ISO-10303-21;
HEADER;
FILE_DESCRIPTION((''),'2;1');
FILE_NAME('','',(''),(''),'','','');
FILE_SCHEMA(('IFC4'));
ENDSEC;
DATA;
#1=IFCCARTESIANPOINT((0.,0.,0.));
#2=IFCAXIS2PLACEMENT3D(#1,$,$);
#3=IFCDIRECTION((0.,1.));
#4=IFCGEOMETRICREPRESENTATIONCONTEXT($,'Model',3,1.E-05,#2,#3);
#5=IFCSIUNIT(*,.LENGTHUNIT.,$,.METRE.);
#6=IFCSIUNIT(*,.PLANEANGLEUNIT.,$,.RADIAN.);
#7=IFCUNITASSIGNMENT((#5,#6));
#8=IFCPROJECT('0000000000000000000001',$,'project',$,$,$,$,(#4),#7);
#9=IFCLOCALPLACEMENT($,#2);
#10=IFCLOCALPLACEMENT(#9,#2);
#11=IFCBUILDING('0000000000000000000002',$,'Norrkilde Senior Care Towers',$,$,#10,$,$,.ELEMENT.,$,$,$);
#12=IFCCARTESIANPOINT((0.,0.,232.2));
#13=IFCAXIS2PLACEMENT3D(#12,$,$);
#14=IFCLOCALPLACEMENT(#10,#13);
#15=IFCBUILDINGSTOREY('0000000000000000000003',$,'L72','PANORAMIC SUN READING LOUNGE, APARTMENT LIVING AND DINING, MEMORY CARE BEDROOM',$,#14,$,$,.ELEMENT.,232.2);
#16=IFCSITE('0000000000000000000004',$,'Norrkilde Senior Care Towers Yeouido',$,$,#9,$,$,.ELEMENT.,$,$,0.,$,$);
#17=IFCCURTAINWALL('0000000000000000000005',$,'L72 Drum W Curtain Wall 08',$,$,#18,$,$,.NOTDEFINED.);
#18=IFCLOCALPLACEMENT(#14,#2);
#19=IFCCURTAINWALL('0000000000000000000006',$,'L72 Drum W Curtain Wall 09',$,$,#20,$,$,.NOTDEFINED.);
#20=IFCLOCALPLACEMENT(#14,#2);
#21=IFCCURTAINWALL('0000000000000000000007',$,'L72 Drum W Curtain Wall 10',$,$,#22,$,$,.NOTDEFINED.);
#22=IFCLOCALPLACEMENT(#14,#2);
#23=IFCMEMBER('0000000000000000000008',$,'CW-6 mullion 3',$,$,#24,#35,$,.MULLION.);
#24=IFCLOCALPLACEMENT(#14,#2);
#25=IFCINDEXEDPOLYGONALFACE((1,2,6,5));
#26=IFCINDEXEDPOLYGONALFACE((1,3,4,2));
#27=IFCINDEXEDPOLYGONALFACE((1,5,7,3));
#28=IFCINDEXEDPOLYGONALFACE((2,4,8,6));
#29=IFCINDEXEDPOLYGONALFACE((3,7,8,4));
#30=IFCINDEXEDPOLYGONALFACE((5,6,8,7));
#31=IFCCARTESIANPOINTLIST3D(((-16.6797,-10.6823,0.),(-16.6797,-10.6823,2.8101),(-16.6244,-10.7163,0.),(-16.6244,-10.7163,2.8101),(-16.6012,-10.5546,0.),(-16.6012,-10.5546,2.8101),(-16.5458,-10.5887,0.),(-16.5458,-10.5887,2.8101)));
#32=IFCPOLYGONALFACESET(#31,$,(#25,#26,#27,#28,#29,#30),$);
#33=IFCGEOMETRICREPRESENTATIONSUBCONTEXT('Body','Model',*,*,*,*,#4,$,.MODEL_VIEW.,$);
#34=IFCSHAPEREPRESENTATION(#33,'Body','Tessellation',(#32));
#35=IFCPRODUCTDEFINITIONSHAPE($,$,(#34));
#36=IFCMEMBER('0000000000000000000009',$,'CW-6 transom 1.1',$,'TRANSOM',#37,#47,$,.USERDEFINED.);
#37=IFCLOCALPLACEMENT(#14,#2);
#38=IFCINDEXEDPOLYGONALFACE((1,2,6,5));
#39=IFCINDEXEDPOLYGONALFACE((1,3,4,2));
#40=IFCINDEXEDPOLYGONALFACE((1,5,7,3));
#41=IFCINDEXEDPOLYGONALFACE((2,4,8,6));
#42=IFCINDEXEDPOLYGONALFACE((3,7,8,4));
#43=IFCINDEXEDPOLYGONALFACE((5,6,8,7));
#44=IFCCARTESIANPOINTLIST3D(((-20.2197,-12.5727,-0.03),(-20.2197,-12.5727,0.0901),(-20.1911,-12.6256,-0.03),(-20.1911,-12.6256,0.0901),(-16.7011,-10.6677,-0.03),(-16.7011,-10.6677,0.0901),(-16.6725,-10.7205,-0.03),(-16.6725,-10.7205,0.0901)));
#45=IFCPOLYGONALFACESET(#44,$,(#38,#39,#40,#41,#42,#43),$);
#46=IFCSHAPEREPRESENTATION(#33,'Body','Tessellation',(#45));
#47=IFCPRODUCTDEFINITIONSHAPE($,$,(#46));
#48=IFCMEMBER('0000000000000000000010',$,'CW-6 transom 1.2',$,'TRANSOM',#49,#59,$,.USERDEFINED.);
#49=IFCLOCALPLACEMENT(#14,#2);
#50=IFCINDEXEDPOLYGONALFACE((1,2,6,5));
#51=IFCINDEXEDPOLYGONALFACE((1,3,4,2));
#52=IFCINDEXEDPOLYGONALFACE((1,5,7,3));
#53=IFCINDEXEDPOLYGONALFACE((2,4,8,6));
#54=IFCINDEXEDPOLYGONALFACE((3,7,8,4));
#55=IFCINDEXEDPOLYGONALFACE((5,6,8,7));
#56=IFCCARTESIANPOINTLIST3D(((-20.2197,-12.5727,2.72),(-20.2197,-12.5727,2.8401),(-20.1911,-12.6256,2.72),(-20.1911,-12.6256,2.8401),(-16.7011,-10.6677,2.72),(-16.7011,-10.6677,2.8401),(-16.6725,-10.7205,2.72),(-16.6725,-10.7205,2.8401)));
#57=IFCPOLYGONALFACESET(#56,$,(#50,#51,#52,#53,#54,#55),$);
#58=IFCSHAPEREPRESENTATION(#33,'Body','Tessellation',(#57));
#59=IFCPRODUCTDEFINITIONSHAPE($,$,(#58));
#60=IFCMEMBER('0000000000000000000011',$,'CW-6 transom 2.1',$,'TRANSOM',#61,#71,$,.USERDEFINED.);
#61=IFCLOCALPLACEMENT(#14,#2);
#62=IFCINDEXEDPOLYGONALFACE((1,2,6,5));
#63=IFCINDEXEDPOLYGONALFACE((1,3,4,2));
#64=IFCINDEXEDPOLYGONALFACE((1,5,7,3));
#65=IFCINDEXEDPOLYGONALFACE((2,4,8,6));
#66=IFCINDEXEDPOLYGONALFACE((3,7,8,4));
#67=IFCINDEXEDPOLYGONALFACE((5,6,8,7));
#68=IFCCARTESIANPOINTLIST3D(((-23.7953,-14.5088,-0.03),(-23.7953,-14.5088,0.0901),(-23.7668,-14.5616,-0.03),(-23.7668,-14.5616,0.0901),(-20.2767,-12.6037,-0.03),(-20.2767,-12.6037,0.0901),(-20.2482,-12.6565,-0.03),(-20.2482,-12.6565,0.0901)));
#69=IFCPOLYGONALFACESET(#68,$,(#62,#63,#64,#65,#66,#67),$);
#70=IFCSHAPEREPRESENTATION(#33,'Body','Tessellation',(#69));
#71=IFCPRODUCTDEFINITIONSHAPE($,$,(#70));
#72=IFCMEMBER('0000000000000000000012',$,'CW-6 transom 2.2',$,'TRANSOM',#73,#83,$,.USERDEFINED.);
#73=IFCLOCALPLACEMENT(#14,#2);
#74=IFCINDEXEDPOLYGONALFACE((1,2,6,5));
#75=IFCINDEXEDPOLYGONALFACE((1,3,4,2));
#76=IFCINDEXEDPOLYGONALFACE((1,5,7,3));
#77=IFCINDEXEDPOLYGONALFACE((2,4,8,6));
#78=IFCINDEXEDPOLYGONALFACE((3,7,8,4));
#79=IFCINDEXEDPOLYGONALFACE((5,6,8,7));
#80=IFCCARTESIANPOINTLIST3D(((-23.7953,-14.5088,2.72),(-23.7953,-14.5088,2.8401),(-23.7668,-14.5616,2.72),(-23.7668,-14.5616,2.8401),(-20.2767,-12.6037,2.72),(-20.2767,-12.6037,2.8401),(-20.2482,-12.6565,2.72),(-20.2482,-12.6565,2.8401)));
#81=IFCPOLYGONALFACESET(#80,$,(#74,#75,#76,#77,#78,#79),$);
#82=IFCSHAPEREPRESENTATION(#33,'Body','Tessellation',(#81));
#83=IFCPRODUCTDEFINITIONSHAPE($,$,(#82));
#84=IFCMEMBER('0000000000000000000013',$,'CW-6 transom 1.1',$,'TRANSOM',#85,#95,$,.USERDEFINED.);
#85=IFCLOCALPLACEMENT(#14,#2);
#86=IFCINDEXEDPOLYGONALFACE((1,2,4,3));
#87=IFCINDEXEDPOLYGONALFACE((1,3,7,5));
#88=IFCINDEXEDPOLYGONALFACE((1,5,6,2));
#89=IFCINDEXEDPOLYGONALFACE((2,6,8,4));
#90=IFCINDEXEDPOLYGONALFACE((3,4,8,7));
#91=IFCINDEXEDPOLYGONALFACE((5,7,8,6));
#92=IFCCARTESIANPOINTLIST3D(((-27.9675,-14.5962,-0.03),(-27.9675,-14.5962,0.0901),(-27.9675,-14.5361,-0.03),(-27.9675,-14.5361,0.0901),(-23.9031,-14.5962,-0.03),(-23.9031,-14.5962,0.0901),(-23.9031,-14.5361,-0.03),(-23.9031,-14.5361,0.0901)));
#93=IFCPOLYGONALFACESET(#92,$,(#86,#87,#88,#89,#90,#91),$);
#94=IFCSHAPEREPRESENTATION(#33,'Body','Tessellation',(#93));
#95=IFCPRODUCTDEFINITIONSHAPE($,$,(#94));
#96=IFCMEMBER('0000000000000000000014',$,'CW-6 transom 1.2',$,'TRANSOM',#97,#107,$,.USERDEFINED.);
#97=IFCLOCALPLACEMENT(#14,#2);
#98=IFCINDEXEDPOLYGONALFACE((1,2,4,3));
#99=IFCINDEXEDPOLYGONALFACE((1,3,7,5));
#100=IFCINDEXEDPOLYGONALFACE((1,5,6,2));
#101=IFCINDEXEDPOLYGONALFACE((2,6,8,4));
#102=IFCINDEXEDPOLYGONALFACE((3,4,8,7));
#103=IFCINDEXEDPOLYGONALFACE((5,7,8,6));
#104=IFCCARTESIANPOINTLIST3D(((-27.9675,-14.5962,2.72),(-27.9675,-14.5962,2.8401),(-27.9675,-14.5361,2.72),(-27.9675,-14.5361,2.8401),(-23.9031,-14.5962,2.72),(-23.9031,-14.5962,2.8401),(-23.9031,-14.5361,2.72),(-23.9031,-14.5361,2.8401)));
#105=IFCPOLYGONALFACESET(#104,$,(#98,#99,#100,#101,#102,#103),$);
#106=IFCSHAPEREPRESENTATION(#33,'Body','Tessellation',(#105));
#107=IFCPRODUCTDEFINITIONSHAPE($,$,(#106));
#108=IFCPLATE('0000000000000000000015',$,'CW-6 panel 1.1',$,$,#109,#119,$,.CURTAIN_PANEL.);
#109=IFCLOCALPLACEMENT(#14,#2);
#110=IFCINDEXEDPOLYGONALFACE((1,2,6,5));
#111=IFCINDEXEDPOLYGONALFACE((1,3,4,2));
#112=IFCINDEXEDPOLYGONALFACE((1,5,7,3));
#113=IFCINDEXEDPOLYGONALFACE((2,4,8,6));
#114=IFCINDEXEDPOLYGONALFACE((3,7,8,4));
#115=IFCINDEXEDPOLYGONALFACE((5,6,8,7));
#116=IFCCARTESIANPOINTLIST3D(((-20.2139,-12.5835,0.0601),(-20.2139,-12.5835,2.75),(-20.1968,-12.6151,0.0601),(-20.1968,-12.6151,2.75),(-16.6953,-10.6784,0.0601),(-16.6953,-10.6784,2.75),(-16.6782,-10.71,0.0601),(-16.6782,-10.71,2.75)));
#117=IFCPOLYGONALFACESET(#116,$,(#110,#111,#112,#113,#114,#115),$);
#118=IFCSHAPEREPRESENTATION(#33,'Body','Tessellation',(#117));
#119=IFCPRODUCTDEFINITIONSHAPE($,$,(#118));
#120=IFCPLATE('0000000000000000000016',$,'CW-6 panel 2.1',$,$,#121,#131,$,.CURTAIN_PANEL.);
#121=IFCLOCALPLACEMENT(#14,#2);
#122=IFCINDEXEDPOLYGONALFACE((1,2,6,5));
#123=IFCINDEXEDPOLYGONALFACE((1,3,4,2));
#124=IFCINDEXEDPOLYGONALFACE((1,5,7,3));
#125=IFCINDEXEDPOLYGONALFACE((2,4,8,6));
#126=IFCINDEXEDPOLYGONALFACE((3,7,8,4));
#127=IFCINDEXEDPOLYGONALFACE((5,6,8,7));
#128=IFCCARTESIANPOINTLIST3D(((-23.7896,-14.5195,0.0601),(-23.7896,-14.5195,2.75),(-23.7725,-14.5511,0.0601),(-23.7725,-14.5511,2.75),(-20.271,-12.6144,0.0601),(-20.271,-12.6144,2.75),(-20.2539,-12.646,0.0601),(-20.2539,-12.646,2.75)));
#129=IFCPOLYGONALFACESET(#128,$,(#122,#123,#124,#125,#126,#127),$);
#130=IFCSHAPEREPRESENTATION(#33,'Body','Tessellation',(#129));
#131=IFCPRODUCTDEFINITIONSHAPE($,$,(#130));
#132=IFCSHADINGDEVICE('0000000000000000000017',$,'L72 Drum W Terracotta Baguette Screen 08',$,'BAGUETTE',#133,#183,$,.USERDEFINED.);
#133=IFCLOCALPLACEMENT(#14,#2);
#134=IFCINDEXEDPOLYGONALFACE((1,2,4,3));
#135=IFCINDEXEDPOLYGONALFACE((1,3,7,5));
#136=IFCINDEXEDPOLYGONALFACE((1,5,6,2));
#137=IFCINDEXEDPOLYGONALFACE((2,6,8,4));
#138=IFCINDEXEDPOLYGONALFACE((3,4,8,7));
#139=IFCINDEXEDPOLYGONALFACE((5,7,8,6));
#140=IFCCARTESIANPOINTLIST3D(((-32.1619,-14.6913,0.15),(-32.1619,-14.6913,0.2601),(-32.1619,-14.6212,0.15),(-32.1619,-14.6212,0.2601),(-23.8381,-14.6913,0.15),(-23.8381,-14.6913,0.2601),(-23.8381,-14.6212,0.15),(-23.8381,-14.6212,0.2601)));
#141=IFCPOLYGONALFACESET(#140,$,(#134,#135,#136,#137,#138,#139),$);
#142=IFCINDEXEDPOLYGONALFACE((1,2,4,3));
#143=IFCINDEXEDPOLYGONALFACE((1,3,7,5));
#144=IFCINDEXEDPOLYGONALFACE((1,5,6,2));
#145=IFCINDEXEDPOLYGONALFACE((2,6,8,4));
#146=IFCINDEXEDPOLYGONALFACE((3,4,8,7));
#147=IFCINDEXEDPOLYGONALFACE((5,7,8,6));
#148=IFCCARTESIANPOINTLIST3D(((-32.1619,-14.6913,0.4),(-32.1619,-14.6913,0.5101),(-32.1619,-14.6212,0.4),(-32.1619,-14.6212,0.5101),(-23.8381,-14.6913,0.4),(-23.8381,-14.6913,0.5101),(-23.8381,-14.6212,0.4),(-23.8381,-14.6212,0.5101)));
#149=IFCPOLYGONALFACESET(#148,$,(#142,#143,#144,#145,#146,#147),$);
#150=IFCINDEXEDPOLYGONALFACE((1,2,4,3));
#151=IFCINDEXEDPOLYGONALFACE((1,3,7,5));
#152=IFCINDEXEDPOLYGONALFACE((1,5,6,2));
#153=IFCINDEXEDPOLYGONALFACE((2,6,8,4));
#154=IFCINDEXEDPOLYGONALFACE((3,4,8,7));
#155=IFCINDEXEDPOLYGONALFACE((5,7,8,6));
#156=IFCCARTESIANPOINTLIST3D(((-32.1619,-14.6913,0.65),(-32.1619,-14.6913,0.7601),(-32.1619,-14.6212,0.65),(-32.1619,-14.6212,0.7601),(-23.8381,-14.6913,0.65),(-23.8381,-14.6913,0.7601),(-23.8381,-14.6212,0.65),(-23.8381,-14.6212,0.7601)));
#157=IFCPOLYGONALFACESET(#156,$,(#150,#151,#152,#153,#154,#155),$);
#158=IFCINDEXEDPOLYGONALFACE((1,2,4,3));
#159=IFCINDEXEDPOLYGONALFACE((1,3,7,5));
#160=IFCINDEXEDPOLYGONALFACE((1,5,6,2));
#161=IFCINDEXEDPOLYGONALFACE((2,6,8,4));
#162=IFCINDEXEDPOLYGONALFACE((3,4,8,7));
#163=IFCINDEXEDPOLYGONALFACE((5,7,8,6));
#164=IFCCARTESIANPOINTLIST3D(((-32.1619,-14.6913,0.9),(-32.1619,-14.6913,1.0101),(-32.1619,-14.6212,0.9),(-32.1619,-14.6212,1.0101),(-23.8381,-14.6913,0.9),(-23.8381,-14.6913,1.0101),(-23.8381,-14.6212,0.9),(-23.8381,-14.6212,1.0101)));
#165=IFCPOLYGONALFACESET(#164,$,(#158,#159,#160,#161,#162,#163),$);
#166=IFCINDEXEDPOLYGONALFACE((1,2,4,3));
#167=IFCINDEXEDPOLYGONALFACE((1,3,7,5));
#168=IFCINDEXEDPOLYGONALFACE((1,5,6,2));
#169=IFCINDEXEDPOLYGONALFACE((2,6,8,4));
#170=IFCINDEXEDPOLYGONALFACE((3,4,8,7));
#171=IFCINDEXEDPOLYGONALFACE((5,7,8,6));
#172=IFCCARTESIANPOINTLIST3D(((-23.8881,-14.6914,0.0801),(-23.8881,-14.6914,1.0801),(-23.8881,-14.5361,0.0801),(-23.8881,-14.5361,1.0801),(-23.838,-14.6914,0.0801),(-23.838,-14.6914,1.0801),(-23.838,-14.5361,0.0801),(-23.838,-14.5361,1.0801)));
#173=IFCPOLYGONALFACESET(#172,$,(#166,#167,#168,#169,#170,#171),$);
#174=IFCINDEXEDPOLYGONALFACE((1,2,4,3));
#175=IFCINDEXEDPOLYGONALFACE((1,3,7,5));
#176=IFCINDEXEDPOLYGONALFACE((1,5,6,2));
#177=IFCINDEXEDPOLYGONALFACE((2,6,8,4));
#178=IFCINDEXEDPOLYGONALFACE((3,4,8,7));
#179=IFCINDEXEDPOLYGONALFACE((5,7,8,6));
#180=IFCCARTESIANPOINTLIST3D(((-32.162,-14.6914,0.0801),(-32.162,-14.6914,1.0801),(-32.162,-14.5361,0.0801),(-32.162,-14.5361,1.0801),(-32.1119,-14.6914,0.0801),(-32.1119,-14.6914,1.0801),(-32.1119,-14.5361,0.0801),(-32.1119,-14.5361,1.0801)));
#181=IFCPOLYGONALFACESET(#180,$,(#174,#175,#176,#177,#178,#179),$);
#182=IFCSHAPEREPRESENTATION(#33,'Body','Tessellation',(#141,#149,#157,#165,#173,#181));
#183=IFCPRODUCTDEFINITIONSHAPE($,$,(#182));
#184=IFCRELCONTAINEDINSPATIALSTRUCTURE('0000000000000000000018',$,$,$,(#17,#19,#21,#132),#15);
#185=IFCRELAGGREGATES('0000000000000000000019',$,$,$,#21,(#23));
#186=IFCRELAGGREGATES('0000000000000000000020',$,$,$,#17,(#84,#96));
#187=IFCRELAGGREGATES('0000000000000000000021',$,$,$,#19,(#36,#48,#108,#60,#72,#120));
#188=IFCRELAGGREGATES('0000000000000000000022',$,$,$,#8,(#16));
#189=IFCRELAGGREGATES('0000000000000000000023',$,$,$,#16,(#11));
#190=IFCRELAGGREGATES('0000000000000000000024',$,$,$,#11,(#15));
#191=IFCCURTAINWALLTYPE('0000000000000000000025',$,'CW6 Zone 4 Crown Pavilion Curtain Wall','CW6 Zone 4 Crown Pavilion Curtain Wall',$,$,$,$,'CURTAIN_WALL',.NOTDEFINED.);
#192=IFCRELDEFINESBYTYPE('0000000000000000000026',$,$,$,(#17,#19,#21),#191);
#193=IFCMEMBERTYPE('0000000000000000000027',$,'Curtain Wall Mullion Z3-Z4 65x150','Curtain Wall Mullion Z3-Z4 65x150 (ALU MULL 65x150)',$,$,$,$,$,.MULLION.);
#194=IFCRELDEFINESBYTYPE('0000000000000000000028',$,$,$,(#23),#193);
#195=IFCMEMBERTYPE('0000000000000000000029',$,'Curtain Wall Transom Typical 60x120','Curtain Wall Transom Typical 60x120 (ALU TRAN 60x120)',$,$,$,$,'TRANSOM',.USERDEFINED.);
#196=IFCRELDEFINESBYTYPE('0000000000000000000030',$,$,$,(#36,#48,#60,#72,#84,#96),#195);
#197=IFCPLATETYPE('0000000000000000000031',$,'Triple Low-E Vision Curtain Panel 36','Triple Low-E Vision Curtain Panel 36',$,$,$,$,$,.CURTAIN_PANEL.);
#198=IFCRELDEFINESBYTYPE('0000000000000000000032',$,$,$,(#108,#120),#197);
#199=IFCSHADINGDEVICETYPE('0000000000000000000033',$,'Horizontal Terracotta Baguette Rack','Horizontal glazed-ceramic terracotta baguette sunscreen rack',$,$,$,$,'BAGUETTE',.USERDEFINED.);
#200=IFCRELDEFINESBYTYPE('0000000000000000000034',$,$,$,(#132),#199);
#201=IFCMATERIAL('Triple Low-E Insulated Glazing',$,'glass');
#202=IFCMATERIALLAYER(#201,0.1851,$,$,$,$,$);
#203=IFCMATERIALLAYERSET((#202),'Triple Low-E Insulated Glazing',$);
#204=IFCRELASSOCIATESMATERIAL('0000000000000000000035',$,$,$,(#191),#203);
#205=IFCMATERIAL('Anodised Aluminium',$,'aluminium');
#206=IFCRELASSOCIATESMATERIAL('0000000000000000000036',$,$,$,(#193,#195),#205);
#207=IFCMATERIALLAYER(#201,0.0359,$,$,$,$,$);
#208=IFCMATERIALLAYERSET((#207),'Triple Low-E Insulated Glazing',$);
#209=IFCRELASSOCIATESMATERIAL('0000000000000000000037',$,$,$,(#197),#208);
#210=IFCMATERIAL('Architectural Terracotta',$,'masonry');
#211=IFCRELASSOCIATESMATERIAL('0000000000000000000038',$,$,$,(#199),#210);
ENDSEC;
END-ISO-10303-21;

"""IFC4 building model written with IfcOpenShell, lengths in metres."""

from ifc_helpers import new_model, si_unit, direction, frame, origin, origin_2d, place, context, subcontext, project, spatial, rectangle, extrude, source, transform, mapped, material, layer, layer_set, material_profile, profile_set, type_object, type_shapes, element, aggregate, save


model = new_model("IFC4")

# Units and contexts
model_context = context("Model", 3, precision=1e-05, world=origin(), true_north=direction((0.0, 1.0)))
body_context = subcontext(model_context, "Body", "Model", "MODEL_VIEW")
ifc_project = project(units=[si_unit("LENGTHUNIT", "METRE"), si_unit("PLANEANGLEUNIT", "RADIAN")], contexts=[model_context])

# Site, building, storey
site_placement = place(None, origin())
site = spatial("IfcSite", under=ifc_project, at=site_placement, Name="Norrkilde Senior Care Towers Yeouido", CompositionType="ELEMENT", RefElevation=0.0)
building_placement = place(site_placement, origin())
building = spatial("IfcBuilding", under=site, at=building_placement, Name="Norrkilde Senior Care Towers", CompositionType="ELEMENT")
storey_placement = place(building_placement, frame((0.0, 0.0, 232.2)))
storey = spatial("IfcBuildingStorey", under=building, at=storey_placement, Name="L72", Description="PANORAMIC SUN READING LOUNGE, APARTMENT LIVING AND DINING, MEMORY CARE BEDROOM", CompositionType="ELEMENT", Elevation=232.2)

# Curtain wall
ifc_material_1 = material(Name="Triple Low-E Insulated Glazing", Category="glass")
ifc_layer_1 = layer(ifc_material_1, 0.1851)
ifc_layer_set_1 = layer_set([ifc_layer_1], Name="Triple Low-E Insulated Glazing")
curtain_wall_type = type_object("IfcCurtainWallType", Name="CW6 Zone 4 Crown Pavilion Curtain Wall", Description="CW6 Zone 4 Crown Pavilion Curtain Wall", ElementType="CURTAIN_WALL", PredefinedType="NOTDEFINED", material=ifc_layer_set_1)
curtain_wall_1_placement = place(storey_placement, origin())
curtain_wall_1 = element("IfcCurtainWall", 1, at=curtain_wall_1_placement, inside=storey, type_object=curtain_wall_type, Name="L72 Drum W Curtain Wall 08", PredefinedType="NOTDEFINED")
ifc_material_2 = material(Name="Anodised Aluminium", Category="aluminium")
ifc_material_profile_1 = material_profile(ifc_material_2, rectangle(XDim=0.0649, YDim=0.1499, at=origin_2d()), Name="ALU MULL 65x150")
ifc_profile_set_1 = profile_set([ifc_material_profile_1], Name="Anodised Aluminium")
member_type_1 = type_object("IfcMemberType", Name="Curtain Wall Mullion Z3-Z4 65x150", Description="Curtain Wall Mullion Z3-Z4 65x150 (ALU MULL 65x150)", PredefinedType="MULLION", material=ifc_profile_set_1)
shared_shape_1 = source(origin(), body_context, "Body", "SweptSolid", [
    extrude(rectangle(XDim=0.0649, YDim=0.1499, at=origin_2d()), origin(), (0.0, 0.0, 1.0), 2.8101),
])
type_shapes(member_type_1, [shared_shape_1])

# Curtain wall
curtain_wall_2_placement = place(storey_placement, origin())
curtain_wall_2 = element("IfcCurtainWall", 2, at=curtain_wall_2_placement, inside=storey, type_object=curtain_wall_type, Name="L72 Drum W Curtain Wall 09", PredefinedType="NOTDEFINED")

# Curtain wall, member
curtain_wall_3_placement = place(storey_placement, origin())
curtain_wall_3 = element("IfcCurtainWall", 3, at=curtain_wall_3_placement, inside=storey, type_object=curtain_wall_type, Name="L72 Drum W Curtain Wall 10", PredefinedType="NOTDEFINED")
member_1_placement = place(storey_placement, frame((-16.6128, -10.6355, 0.0), z_axis=(0.0, 0.0, 1.0), x_axis=(0.851563, -0.524253, 0.0)))
member_1 = element("IfcMember", 4, at=member_1_placement, type_object=member_type_1, Name="CW-6 mullion 3", PredefinedType="MULLION", context=body_context, shape_type="MappedRepresentation", body=[
    mapped(shared_shape_1, transform((0.0, 0.0, 0.0), x_axis=(1.0, 0.0, 0.0), y_axis=(0.0, 1.0, 0.0), z_axis=(0.0, 0.0, 1.0), scale=1.0)),
])
aggregate(curtain_wall_3, [member_1])

# Members
ifc_material_profile_2 = material_profile(ifc_material_2, rectangle(XDim=0.0601, YDim=0.1201, at=origin_2d()), Name="ALU TRAN 60x120")
ifc_profile_set_2 = profile_set([ifc_material_profile_2], Name="Anodised Aluminium")
member_type_2 = type_object("IfcMemberType", Name="Curtain Wall Transom Typical 60x120", Description="Curtain Wall Transom Typical 60x120 (ALU TRAN 60x120)", ElementType="TRANSOM", PredefinedType="USERDEFINED", material=ifc_profile_set_2)
shared_shape_2 = source(origin(), body_context, "Body", "SweptSolid", [
    extrude(rectangle(XDim=0.0601, YDim=0.1201, at=origin_2d()), origin(), (0.0, 0.0, 1.0), 4.0012),
])
member_2_placement = place(storey_placement, frame((-16.6868, -10.6941, 0.03), z_axis=(-0.879381, -0.476118, 0.0), x_axis=(0.476118, -0.879381, 0.0)))
member_2 = element("IfcMember", 5, at=member_2_placement, type_object=member_type_2, Name="CW-6 transom 1.1", ObjectType="TRANSOM", PredefinedType="USERDEFINED", context=body_context, shape_type="MappedRepresentation", body=[
    mapped(shared_shape_2, transform((0.0, 0.0, 0.0), x_axis=(1.0, 0.0, 0.0), y_axis=(0.0, 1.0, 0.0), z_axis=(0.0, 0.0, 1.0), scale=1.0)),
])
member_3_placement = place(storey_placement, frame((-16.6868, -10.6941, 2.78), z_axis=(-0.879381, -0.476118, 0.0), x_axis=(0.476118, -0.879381, 0.0)))
member_3 = element("IfcMember", 6, at=member_3_placement, type_object=member_type_2, Name="CW-6 transom 1.2", ObjectType="TRANSOM", PredefinedType="USERDEFINED", context=body_context, shape_type="MappedRepresentation", body=[
    mapped(shared_shape_2, transform((0.0, 0.0, 0.0), x_axis=(1.0, 0.0, 0.0), y_axis=(0.0, 1.0, 0.0), z_axis=(0.0, 0.0, 1.0), scale=1.0)),
])
member_4_placement = place(storey_placement, frame((-20.2625, -12.6301, 0.03), z_axis=(-0.879381, -0.476118, 0.0), x_axis=(0.476118, -0.879381, 0.0)))
member_4 = element("IfcMember", 7, at=member_4_placement, type_object=member_type_2, Name="CW-6 transom 2.1", ObjectType="TRANSOM", PredefinedType="USERDEFINED", context=body_context, shape_type="MappedRepresentation", body=[
    mapped(shared_shape_2, transform((0.0, 0.0, 0.0), x_axis=(1.0, 0.0, 0.0), y_axis=(0.0, 1.0, 0.0), z_axis=(0.0, 0.0, 1.0), scale=1.0)),
])
member_5_placement = place(storey_placement, frame((-20.2625, -12.6301, 2.78), z_axis=(-0.879381, -0.476118, 0.0), x_axis=(0.476118, -0.879381, 0.0)))
member_5 = element("IfcMember", 8, at=member_5_placement, type_object=member_type_2, Name="CW-6 transom 2.2", ObjectType="TRANSOM", PredefinedType="USERDEFINED", context=body_context, shape_type="MappedRepresentation", body=[
    mapped(shared_shape_2, transform((0.0, 0.0, 0.0), x_axis=(1.0, 0.0, 0.0), y_axis=(0.0, 1.0, 0.0), z_axis=(0.0, 0.0, 1.0), scale=1.0)),
])
shared_shape_3 = source(origin(), body_context, "Body", "SweptSolid", [
    extrude(rectangle(XDim=0.0601, YDim=0.1201, at=origin_2d()), origin(), (0.0, 0.0, 1.0), 4.0645),
])
type_shapes(member_type_2, [shared_shape_2, shared_shape_3])
member_6_placement = place(storey_placement, frame((-23.9031, -14.5662, 0.03), z_axis=(-1.0, 0.0, 0.0), x_axis=(0.0, -1.0, 0.0)))
member_6 = element("IfcMember", 9, at=member_6_placement, type_object=member_type_2, Name="CW-6 transom 1.1", ObjectType="TRANSOM", PredefinedType="USERDEFINED", context=body_context, shape_type="MappedRepresentation", body=[
    mapped(shared_shape_3, transform((0.0, 0.0, 0.0), x_axis=(1.0, 0.0, 0.0), y_axis=(0.0, 1.0, 0.0), z_axis=(0.0, 0.0, 1.0), scale=1.0)),
])
member_7_placement = place(storey_placement, frame((-23.9031, -14.5662, 2.78), z_axis=(-1.0, 0.0, 0.0), x_axis=(0.0, -1.0, 0.0)))
member_7 = element("IfcMember", 10, at=member_7_placement, type_object=member_type_2, Name="CW-6 transom 1.2", ObjectType="TRANSOM", PredefinedType="USERDEFINED", context=body_context, shape_type="MappedRepresentation", body=[
    mapped(shared_shape_3, transform((0.0, 0.0, 0.0), x_axis=(1.0, 0.0, 0.0), y_axis=(0.0, 1.0, 0.0), z_axis=(0.0, 0.0, 1.0), scale=1.0)),
])
aggregate(curtain_wall_1, [member_6, member_7])

# Plates
ifc_layer_2 = layer(ifc_material_1, 0.0359)
ifc_layer_set_2 = layer_set([ifc_layer_2], Name="Triple Low-E Insulated Glazing")
plate_type = type_object("IfcPlateType", Name="Triple Low-E Vision Curtain Panel 36", Description="Triple Low-E Vision Curtain Panel 36", PredefinedType="CURTAIN_PANEL", material=ifc_layer_set_2)
shared_shape_4 = source(origin(), body_context, "Body", "SweptSolid", [
    extrude(rectangle(XDim=4.0012, YDim=0.0359, at=origin_2d()), origin(), (0.0, 0.0, 1.0), 2.6899),
])
type_shapes(plate_type, [shared_shape_4])
plate_1_placement = place(storey_placement, frame((-18.446, -11.6467, 0.0601), z_axis=(0.0, 0.0, 1.0), x_axis=(-0.879373, -0.476133, 0.0)))
plate_1 = element("IfcPlate", 11, at=plate_1_placement, type_object=plate_type, Name="CW-6 panel 1.1", PredefinedType="CURTAIN_PANEL", context=body_context, shape_type="MappedRepresentation", body=[
    mapped(shared_shape_4, transform((0.0, 0.0, 0.0), x_axis=(1.0, 0.0, 0.0), y_axis=(0.0, 1.0, 0.0), z_axis=(0.0, 0.0, 1.0), scale=1.0)),
])
plate_2_placement = place(storey_placement, frame((-22.0217, -13.5828, 0.0601), z_axis=(0.0, 0.0, 1.0), x_axis=(-0.879373, -0.476133, 0.0)))
plate_2 = element("IfcPlate", 12, at=plate_2_placement, type_object=plate_type, Name="CW-6 panel 2.1", PredefinedType="CURTAIN_PANEL", context=body_context, shape_type="MappedRepresentation", body=[
    mapped(shared_shape_4, transform((0.0, 0.0, 0.0), x_axis=(1.0, 0.0, 0.0), y_axis=(0.0, 1.0, 0.0), z_axis=(0.0, 0.0, 1.0), scale=1.0)),
])
aggregate(curtain_wall_2, [member_2, member_3, plate_1, member_4, member_5, plate_2])

# Shading device
ifc_material_3 = material(Name="Architectural Terracotta", Category="masonry")
shading_device_type = type_object("IfcShadingDeviceType", Name="Horizontal Terracotta Baguette Rack", Description="Horizontal glazed-ceramic terracotta baguette sunscreen rack", ElementType="BAGUETTE", PredefinedType="USERDEFINED", material=ifc_material_3)
shared_shape_5 = source(origin(), body_context, "Body", "SweptSolid", [
    extrude(rectangle(XDim=0.0701, YDim=0.1101, at=origin_2d()), frame((0.0, 0.0901, 0.125), z_axis=(1.0, 0.0, 0.0), x_axis=(0.0, 1.0, 0.0)), (0.0, 0.0, 1.0), 8.3237),
    extrude(rectangle(XDim=0.0701, YDim=0.1101, at=origin_2d()), frame((0.0, 0.0901, 0.375), z_axis=(1.0, 0.0, 0.0), x_axis=(0.0, 1.0, 0.0)), (0.0, 0.0, 1.0), 8.3237),
    extrude(rectangle(XDim=0.0701, YDim=0.1101, at=origin_2d()), frame((0.0, 0.0901, 0.625), z_axis=(1.0, 0.0, 0.0), x_axis=(0.0, 1.0, 0.0)), (0.0, 0.0, 1.0), 8.3237),
    extrude(rectangle(XDim=0.0701, YDim=0.1101, at=origin_2d()), frame((0.0, 0.0901, 0.875), z_axis=(1.0, 0.0, 0.0), x_axis=(0.0, 1.0, 0.0)), (0.0, 0.0, 1.0), 8.3237),
    extrude(rectangle(XDim=0.05, YDim=0.1553, at=origin_2d()), frame((0.0249, 0.0476, 0.0)), (0.0, 0.0, 1.0), 1.0),
    extrude(rectangle(XDim=0.05, YDim=0.1553, at=origin_2d()), frame((8.2988, 0.0476, 0.0)), (0.0, 0.0, 1.0), 1.0),
])
type_shapes(shading_device_type, [shared_shape_5])
shading_device_placement = place(storey_placement, frame((-23.8381, -14.5662, 0.0801), z_axis=(0.0, 0.0, 1.0), x_axis=(-1.0, 0.0, 0.0)))
element("IfcShadingDevice", 13, at=shading_device_placement, inside=storey, type_object=shading_device_type, Name="L72 Drum W Terracotta Baguette Screen 08", ObjectType="BAGUETTE", PredefinedType="USERDEFINED", context=body_context, shape_type="MappedRepresentation", body=[
    mapped(shared_shape_5, transform((0.0, 0.0, 0.0), x_axis=(1.0, 0.0, 0.0), y_axis=(0.0, 1.0, 0.0), z_axis=(0.0, 0.0, 1.0), scale=1.0)),
])

save(model, "model.ifc")
